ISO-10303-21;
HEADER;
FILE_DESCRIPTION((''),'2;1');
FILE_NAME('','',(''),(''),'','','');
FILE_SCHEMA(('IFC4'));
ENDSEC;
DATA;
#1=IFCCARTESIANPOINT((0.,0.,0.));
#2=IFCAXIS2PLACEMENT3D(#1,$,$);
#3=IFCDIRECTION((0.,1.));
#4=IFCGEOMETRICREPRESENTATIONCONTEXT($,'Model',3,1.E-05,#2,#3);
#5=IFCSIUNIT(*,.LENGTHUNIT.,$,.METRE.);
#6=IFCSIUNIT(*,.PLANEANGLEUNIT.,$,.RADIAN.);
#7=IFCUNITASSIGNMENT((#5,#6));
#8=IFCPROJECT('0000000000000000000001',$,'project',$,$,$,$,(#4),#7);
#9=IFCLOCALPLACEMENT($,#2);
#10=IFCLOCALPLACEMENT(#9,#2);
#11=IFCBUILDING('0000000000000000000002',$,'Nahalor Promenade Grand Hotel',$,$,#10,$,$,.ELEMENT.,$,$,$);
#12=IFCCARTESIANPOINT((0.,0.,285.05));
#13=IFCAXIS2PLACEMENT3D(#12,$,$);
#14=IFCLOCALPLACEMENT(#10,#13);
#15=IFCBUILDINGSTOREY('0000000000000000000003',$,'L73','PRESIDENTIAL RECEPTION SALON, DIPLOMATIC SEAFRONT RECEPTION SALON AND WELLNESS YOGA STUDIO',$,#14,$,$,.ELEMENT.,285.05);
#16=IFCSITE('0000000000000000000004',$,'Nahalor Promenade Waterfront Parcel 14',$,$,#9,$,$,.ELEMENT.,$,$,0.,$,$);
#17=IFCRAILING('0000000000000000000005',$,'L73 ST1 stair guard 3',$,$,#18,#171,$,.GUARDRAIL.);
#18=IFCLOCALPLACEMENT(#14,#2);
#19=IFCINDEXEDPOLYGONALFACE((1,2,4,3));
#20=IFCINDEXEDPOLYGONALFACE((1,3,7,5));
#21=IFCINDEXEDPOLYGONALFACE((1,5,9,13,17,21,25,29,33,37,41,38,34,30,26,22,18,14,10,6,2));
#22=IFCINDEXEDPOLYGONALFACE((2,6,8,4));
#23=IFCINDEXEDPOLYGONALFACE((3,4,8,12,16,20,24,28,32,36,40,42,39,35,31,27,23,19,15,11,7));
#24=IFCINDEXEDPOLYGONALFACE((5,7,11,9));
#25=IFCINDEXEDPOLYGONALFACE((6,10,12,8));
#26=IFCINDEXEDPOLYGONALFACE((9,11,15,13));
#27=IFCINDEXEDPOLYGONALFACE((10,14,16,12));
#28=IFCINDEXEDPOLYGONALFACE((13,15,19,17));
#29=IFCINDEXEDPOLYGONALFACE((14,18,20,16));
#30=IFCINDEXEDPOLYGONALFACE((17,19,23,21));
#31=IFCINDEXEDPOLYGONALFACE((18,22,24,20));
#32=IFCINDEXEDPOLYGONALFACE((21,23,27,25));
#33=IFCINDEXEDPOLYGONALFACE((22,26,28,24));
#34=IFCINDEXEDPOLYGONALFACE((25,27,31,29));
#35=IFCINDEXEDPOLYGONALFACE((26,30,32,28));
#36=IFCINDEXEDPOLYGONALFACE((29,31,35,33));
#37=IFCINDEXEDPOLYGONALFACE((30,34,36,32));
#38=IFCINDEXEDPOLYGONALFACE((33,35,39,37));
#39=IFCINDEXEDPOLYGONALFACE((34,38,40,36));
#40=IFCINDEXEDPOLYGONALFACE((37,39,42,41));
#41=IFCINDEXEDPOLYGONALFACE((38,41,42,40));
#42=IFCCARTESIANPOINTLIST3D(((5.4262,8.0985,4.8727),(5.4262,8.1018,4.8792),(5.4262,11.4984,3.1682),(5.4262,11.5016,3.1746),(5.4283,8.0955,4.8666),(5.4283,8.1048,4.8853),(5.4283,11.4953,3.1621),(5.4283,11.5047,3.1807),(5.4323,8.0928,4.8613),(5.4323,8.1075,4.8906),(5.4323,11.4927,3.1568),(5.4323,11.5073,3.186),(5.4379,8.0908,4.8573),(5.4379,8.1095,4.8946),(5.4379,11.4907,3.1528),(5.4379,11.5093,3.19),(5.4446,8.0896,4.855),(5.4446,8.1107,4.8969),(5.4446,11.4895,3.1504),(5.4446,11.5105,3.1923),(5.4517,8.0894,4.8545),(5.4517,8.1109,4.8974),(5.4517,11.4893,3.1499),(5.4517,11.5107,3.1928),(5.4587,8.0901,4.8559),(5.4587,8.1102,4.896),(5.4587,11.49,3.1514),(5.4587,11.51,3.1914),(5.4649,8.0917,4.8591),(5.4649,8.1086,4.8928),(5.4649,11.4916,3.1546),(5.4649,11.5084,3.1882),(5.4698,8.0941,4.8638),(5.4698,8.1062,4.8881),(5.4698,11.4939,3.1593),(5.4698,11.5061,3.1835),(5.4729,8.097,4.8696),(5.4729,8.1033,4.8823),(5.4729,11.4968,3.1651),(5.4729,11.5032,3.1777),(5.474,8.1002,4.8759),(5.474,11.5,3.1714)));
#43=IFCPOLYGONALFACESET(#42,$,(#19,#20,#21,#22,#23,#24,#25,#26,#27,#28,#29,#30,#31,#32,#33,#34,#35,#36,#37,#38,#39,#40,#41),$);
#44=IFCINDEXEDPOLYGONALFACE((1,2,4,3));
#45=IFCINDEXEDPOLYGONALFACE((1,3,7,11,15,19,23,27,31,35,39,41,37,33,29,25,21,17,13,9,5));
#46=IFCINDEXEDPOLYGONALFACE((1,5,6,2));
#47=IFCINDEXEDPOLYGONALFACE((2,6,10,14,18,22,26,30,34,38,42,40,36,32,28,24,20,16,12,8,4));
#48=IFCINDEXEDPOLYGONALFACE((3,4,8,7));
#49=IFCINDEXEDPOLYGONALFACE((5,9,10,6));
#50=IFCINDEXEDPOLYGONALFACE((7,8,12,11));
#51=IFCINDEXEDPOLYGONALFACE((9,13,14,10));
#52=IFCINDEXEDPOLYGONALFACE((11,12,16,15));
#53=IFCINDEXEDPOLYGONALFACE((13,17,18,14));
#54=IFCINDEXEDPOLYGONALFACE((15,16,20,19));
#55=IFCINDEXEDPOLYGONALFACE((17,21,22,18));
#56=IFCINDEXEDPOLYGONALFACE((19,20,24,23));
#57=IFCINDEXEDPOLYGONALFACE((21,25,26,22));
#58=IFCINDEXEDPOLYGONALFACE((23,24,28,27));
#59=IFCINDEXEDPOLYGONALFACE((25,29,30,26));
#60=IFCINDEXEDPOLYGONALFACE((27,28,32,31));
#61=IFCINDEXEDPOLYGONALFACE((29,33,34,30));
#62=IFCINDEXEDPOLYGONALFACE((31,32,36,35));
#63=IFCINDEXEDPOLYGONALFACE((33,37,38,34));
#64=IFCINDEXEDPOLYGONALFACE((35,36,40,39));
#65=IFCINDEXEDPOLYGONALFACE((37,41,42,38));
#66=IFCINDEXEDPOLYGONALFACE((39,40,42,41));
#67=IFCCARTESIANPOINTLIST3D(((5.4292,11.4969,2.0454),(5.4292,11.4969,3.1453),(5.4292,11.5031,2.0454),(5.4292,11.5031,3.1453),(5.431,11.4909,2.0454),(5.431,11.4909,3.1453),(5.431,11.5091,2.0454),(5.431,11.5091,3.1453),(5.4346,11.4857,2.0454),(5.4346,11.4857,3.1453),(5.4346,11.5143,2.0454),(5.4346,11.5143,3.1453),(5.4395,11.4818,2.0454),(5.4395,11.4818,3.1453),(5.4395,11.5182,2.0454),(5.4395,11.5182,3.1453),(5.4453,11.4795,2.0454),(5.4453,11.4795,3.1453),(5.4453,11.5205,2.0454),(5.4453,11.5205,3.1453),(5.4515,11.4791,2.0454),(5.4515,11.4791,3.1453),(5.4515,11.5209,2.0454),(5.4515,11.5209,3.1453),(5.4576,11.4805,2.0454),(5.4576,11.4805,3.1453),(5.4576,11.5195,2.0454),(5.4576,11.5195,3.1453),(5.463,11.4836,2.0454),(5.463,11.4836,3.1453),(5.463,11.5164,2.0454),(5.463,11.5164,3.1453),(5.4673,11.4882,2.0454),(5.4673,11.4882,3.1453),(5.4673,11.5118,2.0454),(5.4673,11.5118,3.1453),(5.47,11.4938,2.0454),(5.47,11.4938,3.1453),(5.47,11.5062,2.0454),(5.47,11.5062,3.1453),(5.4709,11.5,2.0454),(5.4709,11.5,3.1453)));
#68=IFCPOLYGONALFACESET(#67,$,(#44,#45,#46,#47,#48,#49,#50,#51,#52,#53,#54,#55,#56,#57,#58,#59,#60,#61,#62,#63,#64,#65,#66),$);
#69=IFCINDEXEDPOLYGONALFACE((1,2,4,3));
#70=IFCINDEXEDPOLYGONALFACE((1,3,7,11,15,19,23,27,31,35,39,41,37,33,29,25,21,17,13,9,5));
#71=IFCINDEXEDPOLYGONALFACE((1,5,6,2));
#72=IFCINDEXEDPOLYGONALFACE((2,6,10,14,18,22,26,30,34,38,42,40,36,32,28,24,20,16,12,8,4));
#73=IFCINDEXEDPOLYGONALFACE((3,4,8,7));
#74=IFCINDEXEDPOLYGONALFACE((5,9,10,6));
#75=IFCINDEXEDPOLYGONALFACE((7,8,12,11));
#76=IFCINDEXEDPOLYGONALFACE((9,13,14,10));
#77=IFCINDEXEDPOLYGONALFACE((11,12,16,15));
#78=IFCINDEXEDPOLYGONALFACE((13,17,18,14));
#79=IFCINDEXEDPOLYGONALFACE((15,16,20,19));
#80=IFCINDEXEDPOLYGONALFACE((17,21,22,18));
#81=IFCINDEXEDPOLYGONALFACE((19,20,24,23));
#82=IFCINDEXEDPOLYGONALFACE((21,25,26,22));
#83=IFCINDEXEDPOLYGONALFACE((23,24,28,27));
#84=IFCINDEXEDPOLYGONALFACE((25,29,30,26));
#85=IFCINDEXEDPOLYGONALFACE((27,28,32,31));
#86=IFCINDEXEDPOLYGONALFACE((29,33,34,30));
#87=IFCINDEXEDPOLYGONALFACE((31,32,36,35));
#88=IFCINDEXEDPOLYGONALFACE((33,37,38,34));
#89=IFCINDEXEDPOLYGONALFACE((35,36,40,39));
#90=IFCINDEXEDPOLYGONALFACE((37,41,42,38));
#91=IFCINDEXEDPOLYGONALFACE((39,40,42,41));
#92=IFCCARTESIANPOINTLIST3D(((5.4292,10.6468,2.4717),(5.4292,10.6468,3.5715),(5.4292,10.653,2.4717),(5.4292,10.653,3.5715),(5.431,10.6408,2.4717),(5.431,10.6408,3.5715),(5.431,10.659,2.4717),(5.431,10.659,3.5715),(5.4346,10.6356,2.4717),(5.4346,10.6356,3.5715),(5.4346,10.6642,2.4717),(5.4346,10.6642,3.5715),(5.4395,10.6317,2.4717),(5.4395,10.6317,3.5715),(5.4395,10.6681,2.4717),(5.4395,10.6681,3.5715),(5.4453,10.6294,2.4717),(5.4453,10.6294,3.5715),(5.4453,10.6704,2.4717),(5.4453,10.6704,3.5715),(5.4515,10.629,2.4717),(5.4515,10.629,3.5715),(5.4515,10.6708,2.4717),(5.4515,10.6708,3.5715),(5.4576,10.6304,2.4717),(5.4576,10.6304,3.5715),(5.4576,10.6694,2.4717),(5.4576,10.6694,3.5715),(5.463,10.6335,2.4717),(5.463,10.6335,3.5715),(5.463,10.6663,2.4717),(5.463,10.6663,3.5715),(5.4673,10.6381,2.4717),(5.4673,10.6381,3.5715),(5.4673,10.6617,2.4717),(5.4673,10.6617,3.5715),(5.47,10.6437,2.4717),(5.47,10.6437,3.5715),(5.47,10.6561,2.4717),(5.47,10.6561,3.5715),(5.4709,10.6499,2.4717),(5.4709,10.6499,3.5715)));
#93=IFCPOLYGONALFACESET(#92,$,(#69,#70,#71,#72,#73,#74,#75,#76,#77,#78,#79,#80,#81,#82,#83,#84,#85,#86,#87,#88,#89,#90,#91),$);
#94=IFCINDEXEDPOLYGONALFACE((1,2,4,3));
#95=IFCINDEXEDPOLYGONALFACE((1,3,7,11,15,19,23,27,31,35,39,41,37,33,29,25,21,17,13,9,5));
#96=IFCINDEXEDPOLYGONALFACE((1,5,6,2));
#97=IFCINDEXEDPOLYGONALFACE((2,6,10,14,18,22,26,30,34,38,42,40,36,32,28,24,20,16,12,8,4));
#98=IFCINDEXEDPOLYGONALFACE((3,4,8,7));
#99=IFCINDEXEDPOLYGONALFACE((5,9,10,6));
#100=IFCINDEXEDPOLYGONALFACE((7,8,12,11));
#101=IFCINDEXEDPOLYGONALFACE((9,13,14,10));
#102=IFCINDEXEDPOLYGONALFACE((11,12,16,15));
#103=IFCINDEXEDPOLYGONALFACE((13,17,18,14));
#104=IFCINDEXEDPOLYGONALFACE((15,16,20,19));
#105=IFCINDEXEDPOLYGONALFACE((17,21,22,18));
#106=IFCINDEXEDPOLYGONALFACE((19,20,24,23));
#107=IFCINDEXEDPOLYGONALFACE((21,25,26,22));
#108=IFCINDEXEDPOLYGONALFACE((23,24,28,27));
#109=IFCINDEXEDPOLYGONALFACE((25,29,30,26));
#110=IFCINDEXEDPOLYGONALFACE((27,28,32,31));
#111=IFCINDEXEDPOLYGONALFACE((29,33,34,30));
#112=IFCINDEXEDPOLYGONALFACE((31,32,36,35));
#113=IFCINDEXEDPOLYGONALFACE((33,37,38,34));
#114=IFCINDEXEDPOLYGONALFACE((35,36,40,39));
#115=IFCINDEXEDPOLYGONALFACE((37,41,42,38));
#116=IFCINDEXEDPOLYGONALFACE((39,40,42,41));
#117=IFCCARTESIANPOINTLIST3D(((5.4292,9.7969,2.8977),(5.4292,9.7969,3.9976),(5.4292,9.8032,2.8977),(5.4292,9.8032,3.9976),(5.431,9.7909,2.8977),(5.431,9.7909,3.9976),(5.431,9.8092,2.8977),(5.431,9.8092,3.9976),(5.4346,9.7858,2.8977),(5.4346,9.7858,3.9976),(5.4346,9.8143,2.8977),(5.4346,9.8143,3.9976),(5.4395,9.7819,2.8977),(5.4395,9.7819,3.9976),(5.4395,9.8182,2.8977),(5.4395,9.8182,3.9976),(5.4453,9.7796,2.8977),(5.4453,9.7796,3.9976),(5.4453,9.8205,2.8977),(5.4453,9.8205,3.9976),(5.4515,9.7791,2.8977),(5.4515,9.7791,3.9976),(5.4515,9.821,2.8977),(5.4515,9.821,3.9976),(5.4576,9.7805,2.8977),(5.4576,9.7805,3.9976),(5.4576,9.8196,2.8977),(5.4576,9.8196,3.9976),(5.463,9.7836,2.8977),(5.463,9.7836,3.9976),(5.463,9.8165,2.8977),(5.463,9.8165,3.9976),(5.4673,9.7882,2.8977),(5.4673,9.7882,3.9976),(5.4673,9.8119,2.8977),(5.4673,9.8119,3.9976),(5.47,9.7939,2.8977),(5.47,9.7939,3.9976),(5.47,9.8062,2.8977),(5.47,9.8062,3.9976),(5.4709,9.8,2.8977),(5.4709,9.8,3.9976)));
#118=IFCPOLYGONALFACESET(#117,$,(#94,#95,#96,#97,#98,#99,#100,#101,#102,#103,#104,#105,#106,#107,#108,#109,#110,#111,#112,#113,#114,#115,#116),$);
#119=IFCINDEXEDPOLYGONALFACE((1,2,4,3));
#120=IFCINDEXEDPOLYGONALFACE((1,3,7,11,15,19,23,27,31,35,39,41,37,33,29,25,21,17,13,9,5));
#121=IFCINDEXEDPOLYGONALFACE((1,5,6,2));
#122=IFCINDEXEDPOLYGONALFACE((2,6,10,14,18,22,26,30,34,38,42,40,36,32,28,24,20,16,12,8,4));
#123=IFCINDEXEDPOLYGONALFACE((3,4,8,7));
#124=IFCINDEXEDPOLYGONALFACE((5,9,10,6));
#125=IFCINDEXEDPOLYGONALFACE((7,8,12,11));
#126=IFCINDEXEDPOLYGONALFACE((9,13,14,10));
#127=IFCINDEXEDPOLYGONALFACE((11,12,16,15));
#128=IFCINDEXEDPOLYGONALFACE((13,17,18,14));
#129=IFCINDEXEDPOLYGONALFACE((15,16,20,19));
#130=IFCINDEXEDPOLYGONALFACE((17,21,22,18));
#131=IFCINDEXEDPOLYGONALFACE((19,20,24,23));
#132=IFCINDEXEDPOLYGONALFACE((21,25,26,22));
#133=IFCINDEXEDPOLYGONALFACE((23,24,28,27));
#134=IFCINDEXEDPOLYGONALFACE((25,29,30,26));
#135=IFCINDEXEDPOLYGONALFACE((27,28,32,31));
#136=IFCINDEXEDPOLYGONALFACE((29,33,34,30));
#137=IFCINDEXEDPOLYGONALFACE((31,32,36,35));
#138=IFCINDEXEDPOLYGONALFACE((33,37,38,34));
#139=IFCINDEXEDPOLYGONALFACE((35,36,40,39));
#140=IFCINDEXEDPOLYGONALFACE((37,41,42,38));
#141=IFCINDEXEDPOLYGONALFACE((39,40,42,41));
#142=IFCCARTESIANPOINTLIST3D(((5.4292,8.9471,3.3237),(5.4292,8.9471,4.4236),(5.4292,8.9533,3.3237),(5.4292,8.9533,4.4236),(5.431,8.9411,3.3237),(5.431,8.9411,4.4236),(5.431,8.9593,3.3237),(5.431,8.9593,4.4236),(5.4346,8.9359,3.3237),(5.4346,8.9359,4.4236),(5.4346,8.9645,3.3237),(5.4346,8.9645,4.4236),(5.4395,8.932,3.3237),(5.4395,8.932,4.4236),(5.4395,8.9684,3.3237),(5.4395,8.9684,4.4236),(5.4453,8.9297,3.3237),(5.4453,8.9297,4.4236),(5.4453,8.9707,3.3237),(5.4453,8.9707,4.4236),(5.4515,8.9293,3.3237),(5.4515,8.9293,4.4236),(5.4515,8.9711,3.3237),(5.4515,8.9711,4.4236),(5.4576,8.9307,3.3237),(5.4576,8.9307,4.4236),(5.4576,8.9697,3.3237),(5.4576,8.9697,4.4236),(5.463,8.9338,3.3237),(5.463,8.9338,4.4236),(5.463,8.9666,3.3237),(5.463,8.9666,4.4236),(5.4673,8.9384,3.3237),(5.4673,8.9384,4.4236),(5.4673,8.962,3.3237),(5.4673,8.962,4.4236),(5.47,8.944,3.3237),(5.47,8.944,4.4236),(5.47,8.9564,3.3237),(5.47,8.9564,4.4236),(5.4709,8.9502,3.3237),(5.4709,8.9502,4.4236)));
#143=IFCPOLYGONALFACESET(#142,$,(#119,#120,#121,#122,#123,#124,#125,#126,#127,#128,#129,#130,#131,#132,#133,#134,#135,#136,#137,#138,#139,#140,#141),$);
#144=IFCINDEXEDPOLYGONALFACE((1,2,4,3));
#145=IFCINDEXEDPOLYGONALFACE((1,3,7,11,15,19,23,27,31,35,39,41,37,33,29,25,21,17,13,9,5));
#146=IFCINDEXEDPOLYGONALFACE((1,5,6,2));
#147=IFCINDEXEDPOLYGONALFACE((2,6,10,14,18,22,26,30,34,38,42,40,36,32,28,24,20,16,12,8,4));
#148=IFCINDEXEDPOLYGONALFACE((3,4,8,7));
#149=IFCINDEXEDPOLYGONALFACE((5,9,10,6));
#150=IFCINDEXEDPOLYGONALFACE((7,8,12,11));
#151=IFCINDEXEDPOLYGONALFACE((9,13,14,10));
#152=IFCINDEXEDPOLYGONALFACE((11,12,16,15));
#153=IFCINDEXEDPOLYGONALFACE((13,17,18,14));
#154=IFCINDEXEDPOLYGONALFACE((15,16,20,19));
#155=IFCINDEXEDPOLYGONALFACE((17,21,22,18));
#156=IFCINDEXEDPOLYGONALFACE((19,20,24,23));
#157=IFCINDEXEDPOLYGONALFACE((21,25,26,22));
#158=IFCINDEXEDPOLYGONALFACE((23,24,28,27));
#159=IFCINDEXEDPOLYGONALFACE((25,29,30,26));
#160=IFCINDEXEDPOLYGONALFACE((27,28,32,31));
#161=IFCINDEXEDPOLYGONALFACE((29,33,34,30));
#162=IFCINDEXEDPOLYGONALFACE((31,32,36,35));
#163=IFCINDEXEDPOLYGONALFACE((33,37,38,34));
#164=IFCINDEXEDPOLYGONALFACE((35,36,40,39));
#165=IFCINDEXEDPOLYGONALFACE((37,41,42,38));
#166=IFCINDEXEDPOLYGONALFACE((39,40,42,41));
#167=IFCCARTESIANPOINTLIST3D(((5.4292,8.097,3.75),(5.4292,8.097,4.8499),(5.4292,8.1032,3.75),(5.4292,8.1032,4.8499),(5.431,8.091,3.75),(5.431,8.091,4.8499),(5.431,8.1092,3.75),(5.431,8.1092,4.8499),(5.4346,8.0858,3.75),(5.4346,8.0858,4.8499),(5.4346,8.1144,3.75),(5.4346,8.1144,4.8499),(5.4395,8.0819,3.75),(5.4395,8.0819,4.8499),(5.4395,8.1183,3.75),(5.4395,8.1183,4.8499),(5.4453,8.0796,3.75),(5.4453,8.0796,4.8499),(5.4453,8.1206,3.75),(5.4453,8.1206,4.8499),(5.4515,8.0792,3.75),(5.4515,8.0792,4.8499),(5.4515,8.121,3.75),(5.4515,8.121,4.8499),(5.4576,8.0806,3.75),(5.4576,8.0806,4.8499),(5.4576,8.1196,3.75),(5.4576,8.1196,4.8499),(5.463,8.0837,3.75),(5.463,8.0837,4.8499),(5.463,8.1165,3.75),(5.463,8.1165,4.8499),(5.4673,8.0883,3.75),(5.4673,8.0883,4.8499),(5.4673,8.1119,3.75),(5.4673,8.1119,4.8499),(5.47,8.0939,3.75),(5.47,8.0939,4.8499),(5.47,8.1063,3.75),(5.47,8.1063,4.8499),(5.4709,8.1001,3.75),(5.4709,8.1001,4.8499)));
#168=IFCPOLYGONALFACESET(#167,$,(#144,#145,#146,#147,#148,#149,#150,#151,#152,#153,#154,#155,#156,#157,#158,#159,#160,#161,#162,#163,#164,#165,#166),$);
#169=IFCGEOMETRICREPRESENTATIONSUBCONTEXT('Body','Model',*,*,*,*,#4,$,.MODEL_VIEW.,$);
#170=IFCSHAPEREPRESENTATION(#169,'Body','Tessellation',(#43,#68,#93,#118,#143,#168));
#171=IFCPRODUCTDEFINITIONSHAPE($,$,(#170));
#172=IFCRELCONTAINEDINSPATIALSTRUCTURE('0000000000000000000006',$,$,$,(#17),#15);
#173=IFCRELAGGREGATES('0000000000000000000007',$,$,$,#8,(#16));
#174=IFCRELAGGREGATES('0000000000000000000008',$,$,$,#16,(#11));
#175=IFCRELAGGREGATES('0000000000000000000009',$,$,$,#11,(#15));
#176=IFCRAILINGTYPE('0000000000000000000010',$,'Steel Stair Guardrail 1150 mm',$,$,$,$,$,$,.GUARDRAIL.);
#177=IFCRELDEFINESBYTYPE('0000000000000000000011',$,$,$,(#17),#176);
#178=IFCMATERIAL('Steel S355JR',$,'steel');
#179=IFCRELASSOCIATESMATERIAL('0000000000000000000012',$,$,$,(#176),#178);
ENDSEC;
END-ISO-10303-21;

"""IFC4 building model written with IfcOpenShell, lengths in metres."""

from ifc_helpers import new_model, si_unit, direction, frame, origin, origin_2d, place, context, subcontext, project, spatial, circle, extrude, material, type_object, element, save


model = new_model("IFC4")

# Units and contexts
model_context = context("Model", 3, precision=1e-05, world=origin(), true_north=direction((0.0, 1.0)))
body_context = subcontext(model_context, "Body", "Model", "MODEL_VIEW")
ifc_project = project(units=[si_unit("LENGTHUNIT", "METRE"), si_unit("PLANEANGLEUNIT", "RADIAN")], contexts=[model_context])

# Site, building, storey
site_placement = place(None, origin())
site = spatial("IfcSite", under=ifc_project, at=site_placement, Name="Nahalor Promenade Waterfront Parcel 14", CompositionType="ELEMENT", RefElevation=0.0)
building_placement = place(site_placement, origin())
building = spatial("IfcBuilding", under=site, at=building_placement, Name="Nahalor Promenade Grand Hotel", CompositionType="ELEMENT")
storey_placement = place(building_placement, frame((0.0, 0.0, 285.05)))
storey = spatial("IfcBuildingStorey", under=building, at=storey_placement, Name="L73", Description="PRESIDENTIAL RECEPTION SALON, DIPLOMATIC SEAFRONT RECEPTION SALON AND WELLNESS YOGA STUDIO", CompositionType="ELEMENT", Elevation=285.05)

# Shared definitions
ifc_material_1 = material(Name="Steel S355JR", Category="steel")

# Railing
railing_type_1 = type_object("IfcRailingType", Name="Steel Stair Guardrail 1150 mm", PredefinedType="GUARDRAIL", material=ifc_material_1)
railing_1_placement = place(storey_placement, frame((5.45, 11.5, 2.0454)))
element("IfcRailing", 1, at=railing_1_placement, inside=storey, type_object=railing_type_1, Name="L73 ST1 stair guard 3", PredefinedType="GUARDRAIL", context=body_context, shape_type="SweptSolid", body=[
    extrude(circle(Radius=0.024, at=origin_2d()), frame((0.0, 0.0, 1.126), z_axis=(0.0, -0.893939, 0.448189), x_axis=(1.0, 0.0, 0.0)), (0.0, 0.0, 1.0), 3.8032),
    extrude(circle(Radius=0.021, at=origin_2d()), origin(), (0.0, 0.0, 1.0), 1.0999),
    extrude(circle(Radius=0.021, at=origin_2d()), frame((0.0, -0.8501, 0.4263)), (0.0, 0.0, 1.0), 1.0999),
    extrude(circle(Radius=0.021, at=origin_2d()), frame((0.0, -1.7, 0.8523)), (0.0, 0.0, 1.0), 1.0999),
    extrude(circle(Radius=0.021, at=origin_2d()), frame((0.0, -2.5498, 1.2783)), (0.0, 0.0, 1.0), 1.0999),
    extrude(circle(Radius=0.021, at=origin_2d()), frame((0.0, -3.3999, 1.7046)), (0.0, 0.0, 1.0), 1.0999),
])

save(model, "model.ifc")
